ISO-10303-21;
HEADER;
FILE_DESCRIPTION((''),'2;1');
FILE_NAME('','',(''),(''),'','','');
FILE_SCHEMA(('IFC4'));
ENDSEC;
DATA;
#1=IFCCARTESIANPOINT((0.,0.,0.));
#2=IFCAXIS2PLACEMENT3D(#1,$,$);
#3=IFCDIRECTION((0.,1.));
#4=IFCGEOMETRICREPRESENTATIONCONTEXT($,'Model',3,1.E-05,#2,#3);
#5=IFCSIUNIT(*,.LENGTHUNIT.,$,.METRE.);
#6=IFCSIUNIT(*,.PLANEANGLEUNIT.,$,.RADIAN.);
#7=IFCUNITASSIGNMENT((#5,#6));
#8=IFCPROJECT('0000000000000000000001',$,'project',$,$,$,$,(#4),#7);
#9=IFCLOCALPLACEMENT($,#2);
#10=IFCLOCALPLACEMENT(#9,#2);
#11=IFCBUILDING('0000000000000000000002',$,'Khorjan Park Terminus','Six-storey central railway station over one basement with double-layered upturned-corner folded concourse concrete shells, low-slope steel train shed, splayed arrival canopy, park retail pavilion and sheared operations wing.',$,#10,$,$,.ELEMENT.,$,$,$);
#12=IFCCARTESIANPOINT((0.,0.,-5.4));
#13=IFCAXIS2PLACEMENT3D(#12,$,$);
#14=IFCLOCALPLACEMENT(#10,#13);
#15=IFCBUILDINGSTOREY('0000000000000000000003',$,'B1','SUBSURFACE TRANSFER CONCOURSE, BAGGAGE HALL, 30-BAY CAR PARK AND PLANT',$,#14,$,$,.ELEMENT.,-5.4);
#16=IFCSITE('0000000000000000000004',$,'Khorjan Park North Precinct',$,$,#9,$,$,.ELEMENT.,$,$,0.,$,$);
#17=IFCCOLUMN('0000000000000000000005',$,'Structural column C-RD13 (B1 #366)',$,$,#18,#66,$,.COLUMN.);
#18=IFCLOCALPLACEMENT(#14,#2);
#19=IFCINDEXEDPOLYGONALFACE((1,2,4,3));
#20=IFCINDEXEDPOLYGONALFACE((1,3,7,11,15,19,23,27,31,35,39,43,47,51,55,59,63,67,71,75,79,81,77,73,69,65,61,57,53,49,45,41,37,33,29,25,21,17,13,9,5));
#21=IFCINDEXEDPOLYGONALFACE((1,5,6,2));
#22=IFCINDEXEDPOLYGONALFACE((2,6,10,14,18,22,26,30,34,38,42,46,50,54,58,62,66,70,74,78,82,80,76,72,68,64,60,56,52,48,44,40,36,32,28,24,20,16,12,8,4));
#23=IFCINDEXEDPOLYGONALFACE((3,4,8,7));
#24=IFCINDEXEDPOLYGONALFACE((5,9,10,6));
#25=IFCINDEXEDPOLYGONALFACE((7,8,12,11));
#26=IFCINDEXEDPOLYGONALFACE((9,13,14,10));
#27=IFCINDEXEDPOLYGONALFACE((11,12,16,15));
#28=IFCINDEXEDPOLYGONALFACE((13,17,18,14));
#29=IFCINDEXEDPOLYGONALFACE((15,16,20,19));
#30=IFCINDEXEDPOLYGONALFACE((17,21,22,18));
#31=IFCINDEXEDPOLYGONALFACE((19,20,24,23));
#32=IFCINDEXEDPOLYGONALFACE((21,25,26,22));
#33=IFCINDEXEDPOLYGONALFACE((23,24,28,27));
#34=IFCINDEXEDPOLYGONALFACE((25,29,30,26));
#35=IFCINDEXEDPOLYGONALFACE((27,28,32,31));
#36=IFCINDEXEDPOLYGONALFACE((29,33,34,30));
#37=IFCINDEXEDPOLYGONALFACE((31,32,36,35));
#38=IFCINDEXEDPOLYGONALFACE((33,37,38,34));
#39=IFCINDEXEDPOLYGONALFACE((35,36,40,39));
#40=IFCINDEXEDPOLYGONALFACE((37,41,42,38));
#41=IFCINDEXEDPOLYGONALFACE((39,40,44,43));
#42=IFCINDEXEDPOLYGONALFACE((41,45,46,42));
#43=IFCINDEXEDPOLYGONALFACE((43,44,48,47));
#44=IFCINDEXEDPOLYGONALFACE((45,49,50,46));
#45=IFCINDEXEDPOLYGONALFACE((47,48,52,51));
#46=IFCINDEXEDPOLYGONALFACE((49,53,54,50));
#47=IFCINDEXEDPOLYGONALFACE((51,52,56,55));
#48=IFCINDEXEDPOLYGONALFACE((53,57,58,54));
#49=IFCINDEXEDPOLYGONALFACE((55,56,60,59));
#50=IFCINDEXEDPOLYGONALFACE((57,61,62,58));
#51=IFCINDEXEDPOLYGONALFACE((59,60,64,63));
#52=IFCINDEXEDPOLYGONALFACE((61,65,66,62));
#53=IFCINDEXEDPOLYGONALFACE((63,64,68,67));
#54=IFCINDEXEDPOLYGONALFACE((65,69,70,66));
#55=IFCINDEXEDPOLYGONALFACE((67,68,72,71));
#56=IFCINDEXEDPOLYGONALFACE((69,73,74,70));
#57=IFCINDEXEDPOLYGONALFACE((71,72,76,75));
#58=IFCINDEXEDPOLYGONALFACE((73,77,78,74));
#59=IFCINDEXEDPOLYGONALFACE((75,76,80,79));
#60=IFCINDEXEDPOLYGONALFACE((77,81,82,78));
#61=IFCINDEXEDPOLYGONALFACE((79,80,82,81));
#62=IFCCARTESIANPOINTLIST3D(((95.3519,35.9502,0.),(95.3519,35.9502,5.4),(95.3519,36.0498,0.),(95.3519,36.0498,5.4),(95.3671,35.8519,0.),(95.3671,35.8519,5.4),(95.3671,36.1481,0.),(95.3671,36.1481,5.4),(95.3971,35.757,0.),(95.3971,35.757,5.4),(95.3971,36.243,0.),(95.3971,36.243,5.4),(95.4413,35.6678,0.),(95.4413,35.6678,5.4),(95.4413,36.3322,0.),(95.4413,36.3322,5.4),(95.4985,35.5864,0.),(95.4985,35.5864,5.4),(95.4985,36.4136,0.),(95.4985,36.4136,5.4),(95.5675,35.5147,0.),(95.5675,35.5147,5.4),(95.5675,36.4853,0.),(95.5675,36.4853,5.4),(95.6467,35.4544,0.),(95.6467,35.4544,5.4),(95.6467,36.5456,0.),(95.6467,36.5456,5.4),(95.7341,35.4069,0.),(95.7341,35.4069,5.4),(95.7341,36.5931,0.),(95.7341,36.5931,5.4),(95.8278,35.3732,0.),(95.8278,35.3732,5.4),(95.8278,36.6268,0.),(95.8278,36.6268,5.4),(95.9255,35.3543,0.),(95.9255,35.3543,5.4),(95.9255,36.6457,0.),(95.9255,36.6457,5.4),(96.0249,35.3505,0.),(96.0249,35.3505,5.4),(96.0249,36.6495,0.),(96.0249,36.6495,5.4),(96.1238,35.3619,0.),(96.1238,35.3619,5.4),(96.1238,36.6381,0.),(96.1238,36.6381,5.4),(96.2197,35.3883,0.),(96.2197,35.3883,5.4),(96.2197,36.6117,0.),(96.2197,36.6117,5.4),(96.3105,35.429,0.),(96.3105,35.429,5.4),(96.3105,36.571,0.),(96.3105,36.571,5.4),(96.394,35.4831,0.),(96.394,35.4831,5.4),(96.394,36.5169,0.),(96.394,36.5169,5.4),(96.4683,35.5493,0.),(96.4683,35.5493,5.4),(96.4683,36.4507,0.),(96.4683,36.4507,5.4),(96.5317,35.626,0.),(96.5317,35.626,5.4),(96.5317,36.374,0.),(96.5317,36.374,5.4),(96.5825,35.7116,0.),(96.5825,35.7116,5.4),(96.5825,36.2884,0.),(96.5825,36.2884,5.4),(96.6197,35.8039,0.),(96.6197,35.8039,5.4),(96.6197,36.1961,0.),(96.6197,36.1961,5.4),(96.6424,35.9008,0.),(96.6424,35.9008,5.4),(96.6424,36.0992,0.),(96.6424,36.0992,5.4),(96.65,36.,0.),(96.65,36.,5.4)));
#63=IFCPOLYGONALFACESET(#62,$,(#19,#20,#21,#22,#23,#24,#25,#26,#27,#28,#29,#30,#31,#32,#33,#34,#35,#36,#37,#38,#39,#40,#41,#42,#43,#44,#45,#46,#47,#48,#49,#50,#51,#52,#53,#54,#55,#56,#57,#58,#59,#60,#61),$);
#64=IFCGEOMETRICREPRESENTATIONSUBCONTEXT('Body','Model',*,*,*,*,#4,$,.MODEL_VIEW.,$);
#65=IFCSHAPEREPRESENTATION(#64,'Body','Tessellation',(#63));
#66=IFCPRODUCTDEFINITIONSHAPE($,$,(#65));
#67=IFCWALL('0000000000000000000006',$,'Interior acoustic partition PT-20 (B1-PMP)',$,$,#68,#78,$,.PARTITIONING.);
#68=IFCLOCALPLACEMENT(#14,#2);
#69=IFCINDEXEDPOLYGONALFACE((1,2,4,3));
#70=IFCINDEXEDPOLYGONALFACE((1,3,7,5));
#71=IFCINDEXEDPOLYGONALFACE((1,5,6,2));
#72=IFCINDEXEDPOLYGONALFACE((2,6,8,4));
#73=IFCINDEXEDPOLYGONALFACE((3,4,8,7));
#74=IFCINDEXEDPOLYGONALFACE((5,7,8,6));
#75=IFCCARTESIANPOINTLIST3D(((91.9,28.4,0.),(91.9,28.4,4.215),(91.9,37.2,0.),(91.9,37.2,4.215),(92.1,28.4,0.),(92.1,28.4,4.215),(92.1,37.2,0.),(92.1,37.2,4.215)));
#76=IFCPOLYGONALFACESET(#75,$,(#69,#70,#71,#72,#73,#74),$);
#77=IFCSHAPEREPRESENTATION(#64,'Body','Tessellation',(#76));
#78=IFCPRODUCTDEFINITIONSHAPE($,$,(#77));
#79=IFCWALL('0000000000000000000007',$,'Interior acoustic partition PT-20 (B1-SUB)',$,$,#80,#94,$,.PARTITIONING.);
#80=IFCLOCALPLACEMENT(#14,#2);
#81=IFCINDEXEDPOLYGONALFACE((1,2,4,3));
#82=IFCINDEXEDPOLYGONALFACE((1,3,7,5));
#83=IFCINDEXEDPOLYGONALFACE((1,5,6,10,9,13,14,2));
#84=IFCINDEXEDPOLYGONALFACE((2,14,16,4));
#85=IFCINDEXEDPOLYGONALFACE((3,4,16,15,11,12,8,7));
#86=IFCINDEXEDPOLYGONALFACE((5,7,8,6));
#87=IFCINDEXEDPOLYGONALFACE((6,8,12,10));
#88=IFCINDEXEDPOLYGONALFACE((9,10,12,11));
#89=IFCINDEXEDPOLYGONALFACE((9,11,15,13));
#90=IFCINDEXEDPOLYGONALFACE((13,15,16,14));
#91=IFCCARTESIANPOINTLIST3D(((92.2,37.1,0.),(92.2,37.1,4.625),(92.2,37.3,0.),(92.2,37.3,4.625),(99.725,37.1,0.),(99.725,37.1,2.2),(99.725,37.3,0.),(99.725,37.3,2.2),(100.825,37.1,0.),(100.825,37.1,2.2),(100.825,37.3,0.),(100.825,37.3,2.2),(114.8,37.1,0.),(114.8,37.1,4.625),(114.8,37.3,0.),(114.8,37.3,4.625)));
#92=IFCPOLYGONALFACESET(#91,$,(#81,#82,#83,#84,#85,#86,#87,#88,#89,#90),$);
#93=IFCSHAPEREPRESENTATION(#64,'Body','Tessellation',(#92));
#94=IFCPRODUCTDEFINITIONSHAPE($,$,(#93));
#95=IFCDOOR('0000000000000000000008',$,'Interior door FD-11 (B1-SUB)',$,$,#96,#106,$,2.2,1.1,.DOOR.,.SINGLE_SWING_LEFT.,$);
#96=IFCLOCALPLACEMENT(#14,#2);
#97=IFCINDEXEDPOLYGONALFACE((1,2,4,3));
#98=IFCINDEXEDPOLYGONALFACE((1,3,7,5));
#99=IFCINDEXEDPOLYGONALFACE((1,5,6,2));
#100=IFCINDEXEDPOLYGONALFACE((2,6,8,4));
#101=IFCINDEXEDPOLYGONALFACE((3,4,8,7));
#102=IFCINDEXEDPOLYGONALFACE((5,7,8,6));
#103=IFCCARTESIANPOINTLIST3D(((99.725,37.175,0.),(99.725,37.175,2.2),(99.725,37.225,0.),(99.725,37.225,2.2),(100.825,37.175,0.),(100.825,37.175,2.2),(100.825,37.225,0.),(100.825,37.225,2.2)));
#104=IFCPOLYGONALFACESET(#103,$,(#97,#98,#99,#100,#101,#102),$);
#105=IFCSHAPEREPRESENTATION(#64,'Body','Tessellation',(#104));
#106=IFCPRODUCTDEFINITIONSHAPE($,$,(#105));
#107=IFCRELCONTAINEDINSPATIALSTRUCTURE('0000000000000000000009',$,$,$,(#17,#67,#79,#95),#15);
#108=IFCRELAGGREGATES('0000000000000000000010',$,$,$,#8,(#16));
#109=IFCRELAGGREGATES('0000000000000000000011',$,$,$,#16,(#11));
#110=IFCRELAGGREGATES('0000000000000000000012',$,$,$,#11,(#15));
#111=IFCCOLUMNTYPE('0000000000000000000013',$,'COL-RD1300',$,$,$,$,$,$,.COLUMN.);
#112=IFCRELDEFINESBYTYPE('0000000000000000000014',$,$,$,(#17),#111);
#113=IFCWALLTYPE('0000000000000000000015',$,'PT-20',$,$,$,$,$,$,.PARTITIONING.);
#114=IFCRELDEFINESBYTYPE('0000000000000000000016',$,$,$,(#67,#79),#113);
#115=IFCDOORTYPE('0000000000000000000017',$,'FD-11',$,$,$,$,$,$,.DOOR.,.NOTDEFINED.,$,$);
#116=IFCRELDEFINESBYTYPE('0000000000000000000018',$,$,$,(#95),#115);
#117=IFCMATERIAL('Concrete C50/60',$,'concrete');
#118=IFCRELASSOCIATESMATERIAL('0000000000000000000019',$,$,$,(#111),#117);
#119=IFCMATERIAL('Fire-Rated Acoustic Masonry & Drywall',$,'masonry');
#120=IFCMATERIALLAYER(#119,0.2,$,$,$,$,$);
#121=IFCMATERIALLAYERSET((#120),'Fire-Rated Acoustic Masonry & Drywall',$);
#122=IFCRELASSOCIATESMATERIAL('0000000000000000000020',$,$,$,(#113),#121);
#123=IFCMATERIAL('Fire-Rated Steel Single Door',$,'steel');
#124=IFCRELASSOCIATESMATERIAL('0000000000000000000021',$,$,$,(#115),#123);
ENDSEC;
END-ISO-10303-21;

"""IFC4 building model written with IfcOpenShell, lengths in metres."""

from ifc_helpers import new_model, si_unit, direction, frame, frame_2d, origin, origin_2d, place, context, subcontext, project, spatial, rectangle, circle, extrude, material, layer, layer_set, material_profile, profile_set, type_object, element, fill, save


model = new_model("IFC4")

# Units and contexts
model_context = context("Model", 3, precision=1e-05, world=origin(), true_north=direction((0.0, 1.0)))
body_context = subcontext(model_context, "Body", "Model", "MODEL_VIEW")
ifc_project = project(units=[si_unit("LENGTHUNIT", "METRE"), si_unit("PLANEANGLEUNIT", "RADIAN")], contexts=[model_context])

# Site, building, storey
site_placement = place(None, origin())
site = spatial("IfcSite", under=ifc_project, at=site_placement, Name="Khorjan Park North Precinct", CompositionType="ELEMENT", RefElevation=0.0)
building_placement = place(site_placement, origin())
building = spatial("IfcBuilding", under=site, at=building_placement, Name="Khorjan Park Terminus", Description="Six-storey central railway station over one basement with double-layered upturned-corner folded concourse concrete shells, low-slope steel train shed, splayed arrival canopy, park retail pavilion and sheared operations wing.", CompositionType="ELEMENT")
storey_placement = place(building_placement, frame((0.0, 0.0, -5.4)))
storey = spatial("IfcBuildingStorey", under=building, at=storey_placement, Name="B1", Description="SUBSURFACE TRANSFER CONCOURSE, BAGGAGE HALL, 30-BAY CAR PARK AND PLANT", CompositionType="ELEMENT", Elevation=-5.4)

# Column
ifc_material_1 = material(Name="Concrete C50/60", Category="concrete")
ifc_material_profile_1 = material_profile(ifc_material_1, circle(Radius=0.65, at=origin_2d()), Name="RC D1300")
ifc_profile_set_1 = profile_set([ifc_material_profile_1], Name="Concrete C50/60")
column_type_1 = type_object("IfcColumnType", Name="COL-RD1300", PredefinedType="COLUMN", material=ifc_profile_set_1)
column_1_placement = place(storey_placement, frame((96.0, 36.0, 0.0), z_axis=(0.0, 0.0, 1.0), x_axis=(1.0, 0.0, 0.0)))
element("IfcColumn", 1, at=column_1_placement, inside=storey, type_object=column_type_1, Name="Structural column C-RD13 (B1 #366)", PredefinedType="COLUMN", context=body_context, shape_type="SweptSolid", body=[
    extrude(circle(Radius=0.65, at=origin_2d()), origin(), (0.0, 0.0, 1.0), 5.4),
])

# Wall
ifc_material_2 = material(Name="Fire-Rated Acoustic Masonry & Drywall", Category="masonry")
ifc_layer = layer(ifc_material_2, 0.2)
ifc_layer_set = layer_set([ifc_layer], Name="Fire-Rated Acoustic Masonry & Drywall")
wall_type = type_object("IfcWallType", Name="PT-20", PredefinedType="PARTITIONING", material=ifc_layer_set)
wall_1_placement = place(storey_placement, frame((92.0, 37.2, 0.0), z_axis=(0.0, 0.0, 1.0), x_axis=(0.0, -1.0, 0.0)))
element("IfcWall", 2, at=wall_1_placement, inside=storey, type_object=wall_type, Name="Interior acoustic partition PT-20 (B1-PMP)", PredefinedType="PARTITIONING", context=body_context, shape_type="SweptSolid", body=[
    extrude(rectangle(XDim=8.8, YDim=0.2, at=frame_2d((4.4, 0.0))), origin(), (0.0, 0.0, 1.0), 4.215),
])

# Wall, opening, door
wall_2_placement = place(storey_placement, frame((92.2, 37.2, 0.0), z_axis=(0.0, 0.0, 1.0), x_axis=(1.0, 0.0, 0.0)))
wall_2 = element("IfcWall", 3, at=wall_2_placement, inside=storey, type_object=wall_type, Name="Interior acoustic partition PT-20 (B1-SUB)", PredefinedType="PARTITIONING", context=body_context, shape_type="SweptSolid", body=[
    extrude(rectangle(XDim=22.6, YDim=0.2, at=frame_2d((11.3, 0.0))), origin(), (0.0, 0.0, 1.0), 4.625),
])
opening_placement = place(wall_2_placement, frame((7.525, 0.0, 0.0)))
opening = element("IfcOpeningElement", 4, at=opening_placement, cuts=wall_2, PredefinedType="OPENING", context=body_context, shape_type="SweptSolid", body=[
    extrude(rectangle(XDim=1.1, YDim=2.2, at=frame_2d((0.55, 1.1))), frame((0.0, 0.11, 0.0), z_axis=(0.0, -1.0, 0.0), x_axis=(1.0, 0.0, 0.0)), (0.0, 0.0, 1.0), 0.22),
])
ifc_material_3 = material(Name="Fire-Rated Steel Single Door", Category="steel")
door_type = type_object("IfcDoorType", Name="FD-11", OperationType="NOTDEFINED", PredefinedType="DOOR", material=ifc_material_3)
door_placement = place(opening_placement, origin())
door = element("IfcDoor", 5, at=door_placement, inside=storey, type_object=door_type, Name="Interior door FD-11 (B1-SUB)", OperationType="SINGLE_SWING_LEFT", OverallHeight=2.2, OverallWidth=1.1, PredefinedType="DOOR", context=body_context, shape_type="SweptSolid", body=[
    extrude(rectangle(XDim=1.1, YDim=2.2, at=frame_2d((0.55, 1.1))), frame((0.0, 0.025, 0.0), z_axis=(0.0, -1.0, 0.0), x_axis=(1.0, 0.0, 0.0)), (0.0, 0.0, 1.0), 0.05),
])
fill(opening, door)

save(model, "model.ifc")
